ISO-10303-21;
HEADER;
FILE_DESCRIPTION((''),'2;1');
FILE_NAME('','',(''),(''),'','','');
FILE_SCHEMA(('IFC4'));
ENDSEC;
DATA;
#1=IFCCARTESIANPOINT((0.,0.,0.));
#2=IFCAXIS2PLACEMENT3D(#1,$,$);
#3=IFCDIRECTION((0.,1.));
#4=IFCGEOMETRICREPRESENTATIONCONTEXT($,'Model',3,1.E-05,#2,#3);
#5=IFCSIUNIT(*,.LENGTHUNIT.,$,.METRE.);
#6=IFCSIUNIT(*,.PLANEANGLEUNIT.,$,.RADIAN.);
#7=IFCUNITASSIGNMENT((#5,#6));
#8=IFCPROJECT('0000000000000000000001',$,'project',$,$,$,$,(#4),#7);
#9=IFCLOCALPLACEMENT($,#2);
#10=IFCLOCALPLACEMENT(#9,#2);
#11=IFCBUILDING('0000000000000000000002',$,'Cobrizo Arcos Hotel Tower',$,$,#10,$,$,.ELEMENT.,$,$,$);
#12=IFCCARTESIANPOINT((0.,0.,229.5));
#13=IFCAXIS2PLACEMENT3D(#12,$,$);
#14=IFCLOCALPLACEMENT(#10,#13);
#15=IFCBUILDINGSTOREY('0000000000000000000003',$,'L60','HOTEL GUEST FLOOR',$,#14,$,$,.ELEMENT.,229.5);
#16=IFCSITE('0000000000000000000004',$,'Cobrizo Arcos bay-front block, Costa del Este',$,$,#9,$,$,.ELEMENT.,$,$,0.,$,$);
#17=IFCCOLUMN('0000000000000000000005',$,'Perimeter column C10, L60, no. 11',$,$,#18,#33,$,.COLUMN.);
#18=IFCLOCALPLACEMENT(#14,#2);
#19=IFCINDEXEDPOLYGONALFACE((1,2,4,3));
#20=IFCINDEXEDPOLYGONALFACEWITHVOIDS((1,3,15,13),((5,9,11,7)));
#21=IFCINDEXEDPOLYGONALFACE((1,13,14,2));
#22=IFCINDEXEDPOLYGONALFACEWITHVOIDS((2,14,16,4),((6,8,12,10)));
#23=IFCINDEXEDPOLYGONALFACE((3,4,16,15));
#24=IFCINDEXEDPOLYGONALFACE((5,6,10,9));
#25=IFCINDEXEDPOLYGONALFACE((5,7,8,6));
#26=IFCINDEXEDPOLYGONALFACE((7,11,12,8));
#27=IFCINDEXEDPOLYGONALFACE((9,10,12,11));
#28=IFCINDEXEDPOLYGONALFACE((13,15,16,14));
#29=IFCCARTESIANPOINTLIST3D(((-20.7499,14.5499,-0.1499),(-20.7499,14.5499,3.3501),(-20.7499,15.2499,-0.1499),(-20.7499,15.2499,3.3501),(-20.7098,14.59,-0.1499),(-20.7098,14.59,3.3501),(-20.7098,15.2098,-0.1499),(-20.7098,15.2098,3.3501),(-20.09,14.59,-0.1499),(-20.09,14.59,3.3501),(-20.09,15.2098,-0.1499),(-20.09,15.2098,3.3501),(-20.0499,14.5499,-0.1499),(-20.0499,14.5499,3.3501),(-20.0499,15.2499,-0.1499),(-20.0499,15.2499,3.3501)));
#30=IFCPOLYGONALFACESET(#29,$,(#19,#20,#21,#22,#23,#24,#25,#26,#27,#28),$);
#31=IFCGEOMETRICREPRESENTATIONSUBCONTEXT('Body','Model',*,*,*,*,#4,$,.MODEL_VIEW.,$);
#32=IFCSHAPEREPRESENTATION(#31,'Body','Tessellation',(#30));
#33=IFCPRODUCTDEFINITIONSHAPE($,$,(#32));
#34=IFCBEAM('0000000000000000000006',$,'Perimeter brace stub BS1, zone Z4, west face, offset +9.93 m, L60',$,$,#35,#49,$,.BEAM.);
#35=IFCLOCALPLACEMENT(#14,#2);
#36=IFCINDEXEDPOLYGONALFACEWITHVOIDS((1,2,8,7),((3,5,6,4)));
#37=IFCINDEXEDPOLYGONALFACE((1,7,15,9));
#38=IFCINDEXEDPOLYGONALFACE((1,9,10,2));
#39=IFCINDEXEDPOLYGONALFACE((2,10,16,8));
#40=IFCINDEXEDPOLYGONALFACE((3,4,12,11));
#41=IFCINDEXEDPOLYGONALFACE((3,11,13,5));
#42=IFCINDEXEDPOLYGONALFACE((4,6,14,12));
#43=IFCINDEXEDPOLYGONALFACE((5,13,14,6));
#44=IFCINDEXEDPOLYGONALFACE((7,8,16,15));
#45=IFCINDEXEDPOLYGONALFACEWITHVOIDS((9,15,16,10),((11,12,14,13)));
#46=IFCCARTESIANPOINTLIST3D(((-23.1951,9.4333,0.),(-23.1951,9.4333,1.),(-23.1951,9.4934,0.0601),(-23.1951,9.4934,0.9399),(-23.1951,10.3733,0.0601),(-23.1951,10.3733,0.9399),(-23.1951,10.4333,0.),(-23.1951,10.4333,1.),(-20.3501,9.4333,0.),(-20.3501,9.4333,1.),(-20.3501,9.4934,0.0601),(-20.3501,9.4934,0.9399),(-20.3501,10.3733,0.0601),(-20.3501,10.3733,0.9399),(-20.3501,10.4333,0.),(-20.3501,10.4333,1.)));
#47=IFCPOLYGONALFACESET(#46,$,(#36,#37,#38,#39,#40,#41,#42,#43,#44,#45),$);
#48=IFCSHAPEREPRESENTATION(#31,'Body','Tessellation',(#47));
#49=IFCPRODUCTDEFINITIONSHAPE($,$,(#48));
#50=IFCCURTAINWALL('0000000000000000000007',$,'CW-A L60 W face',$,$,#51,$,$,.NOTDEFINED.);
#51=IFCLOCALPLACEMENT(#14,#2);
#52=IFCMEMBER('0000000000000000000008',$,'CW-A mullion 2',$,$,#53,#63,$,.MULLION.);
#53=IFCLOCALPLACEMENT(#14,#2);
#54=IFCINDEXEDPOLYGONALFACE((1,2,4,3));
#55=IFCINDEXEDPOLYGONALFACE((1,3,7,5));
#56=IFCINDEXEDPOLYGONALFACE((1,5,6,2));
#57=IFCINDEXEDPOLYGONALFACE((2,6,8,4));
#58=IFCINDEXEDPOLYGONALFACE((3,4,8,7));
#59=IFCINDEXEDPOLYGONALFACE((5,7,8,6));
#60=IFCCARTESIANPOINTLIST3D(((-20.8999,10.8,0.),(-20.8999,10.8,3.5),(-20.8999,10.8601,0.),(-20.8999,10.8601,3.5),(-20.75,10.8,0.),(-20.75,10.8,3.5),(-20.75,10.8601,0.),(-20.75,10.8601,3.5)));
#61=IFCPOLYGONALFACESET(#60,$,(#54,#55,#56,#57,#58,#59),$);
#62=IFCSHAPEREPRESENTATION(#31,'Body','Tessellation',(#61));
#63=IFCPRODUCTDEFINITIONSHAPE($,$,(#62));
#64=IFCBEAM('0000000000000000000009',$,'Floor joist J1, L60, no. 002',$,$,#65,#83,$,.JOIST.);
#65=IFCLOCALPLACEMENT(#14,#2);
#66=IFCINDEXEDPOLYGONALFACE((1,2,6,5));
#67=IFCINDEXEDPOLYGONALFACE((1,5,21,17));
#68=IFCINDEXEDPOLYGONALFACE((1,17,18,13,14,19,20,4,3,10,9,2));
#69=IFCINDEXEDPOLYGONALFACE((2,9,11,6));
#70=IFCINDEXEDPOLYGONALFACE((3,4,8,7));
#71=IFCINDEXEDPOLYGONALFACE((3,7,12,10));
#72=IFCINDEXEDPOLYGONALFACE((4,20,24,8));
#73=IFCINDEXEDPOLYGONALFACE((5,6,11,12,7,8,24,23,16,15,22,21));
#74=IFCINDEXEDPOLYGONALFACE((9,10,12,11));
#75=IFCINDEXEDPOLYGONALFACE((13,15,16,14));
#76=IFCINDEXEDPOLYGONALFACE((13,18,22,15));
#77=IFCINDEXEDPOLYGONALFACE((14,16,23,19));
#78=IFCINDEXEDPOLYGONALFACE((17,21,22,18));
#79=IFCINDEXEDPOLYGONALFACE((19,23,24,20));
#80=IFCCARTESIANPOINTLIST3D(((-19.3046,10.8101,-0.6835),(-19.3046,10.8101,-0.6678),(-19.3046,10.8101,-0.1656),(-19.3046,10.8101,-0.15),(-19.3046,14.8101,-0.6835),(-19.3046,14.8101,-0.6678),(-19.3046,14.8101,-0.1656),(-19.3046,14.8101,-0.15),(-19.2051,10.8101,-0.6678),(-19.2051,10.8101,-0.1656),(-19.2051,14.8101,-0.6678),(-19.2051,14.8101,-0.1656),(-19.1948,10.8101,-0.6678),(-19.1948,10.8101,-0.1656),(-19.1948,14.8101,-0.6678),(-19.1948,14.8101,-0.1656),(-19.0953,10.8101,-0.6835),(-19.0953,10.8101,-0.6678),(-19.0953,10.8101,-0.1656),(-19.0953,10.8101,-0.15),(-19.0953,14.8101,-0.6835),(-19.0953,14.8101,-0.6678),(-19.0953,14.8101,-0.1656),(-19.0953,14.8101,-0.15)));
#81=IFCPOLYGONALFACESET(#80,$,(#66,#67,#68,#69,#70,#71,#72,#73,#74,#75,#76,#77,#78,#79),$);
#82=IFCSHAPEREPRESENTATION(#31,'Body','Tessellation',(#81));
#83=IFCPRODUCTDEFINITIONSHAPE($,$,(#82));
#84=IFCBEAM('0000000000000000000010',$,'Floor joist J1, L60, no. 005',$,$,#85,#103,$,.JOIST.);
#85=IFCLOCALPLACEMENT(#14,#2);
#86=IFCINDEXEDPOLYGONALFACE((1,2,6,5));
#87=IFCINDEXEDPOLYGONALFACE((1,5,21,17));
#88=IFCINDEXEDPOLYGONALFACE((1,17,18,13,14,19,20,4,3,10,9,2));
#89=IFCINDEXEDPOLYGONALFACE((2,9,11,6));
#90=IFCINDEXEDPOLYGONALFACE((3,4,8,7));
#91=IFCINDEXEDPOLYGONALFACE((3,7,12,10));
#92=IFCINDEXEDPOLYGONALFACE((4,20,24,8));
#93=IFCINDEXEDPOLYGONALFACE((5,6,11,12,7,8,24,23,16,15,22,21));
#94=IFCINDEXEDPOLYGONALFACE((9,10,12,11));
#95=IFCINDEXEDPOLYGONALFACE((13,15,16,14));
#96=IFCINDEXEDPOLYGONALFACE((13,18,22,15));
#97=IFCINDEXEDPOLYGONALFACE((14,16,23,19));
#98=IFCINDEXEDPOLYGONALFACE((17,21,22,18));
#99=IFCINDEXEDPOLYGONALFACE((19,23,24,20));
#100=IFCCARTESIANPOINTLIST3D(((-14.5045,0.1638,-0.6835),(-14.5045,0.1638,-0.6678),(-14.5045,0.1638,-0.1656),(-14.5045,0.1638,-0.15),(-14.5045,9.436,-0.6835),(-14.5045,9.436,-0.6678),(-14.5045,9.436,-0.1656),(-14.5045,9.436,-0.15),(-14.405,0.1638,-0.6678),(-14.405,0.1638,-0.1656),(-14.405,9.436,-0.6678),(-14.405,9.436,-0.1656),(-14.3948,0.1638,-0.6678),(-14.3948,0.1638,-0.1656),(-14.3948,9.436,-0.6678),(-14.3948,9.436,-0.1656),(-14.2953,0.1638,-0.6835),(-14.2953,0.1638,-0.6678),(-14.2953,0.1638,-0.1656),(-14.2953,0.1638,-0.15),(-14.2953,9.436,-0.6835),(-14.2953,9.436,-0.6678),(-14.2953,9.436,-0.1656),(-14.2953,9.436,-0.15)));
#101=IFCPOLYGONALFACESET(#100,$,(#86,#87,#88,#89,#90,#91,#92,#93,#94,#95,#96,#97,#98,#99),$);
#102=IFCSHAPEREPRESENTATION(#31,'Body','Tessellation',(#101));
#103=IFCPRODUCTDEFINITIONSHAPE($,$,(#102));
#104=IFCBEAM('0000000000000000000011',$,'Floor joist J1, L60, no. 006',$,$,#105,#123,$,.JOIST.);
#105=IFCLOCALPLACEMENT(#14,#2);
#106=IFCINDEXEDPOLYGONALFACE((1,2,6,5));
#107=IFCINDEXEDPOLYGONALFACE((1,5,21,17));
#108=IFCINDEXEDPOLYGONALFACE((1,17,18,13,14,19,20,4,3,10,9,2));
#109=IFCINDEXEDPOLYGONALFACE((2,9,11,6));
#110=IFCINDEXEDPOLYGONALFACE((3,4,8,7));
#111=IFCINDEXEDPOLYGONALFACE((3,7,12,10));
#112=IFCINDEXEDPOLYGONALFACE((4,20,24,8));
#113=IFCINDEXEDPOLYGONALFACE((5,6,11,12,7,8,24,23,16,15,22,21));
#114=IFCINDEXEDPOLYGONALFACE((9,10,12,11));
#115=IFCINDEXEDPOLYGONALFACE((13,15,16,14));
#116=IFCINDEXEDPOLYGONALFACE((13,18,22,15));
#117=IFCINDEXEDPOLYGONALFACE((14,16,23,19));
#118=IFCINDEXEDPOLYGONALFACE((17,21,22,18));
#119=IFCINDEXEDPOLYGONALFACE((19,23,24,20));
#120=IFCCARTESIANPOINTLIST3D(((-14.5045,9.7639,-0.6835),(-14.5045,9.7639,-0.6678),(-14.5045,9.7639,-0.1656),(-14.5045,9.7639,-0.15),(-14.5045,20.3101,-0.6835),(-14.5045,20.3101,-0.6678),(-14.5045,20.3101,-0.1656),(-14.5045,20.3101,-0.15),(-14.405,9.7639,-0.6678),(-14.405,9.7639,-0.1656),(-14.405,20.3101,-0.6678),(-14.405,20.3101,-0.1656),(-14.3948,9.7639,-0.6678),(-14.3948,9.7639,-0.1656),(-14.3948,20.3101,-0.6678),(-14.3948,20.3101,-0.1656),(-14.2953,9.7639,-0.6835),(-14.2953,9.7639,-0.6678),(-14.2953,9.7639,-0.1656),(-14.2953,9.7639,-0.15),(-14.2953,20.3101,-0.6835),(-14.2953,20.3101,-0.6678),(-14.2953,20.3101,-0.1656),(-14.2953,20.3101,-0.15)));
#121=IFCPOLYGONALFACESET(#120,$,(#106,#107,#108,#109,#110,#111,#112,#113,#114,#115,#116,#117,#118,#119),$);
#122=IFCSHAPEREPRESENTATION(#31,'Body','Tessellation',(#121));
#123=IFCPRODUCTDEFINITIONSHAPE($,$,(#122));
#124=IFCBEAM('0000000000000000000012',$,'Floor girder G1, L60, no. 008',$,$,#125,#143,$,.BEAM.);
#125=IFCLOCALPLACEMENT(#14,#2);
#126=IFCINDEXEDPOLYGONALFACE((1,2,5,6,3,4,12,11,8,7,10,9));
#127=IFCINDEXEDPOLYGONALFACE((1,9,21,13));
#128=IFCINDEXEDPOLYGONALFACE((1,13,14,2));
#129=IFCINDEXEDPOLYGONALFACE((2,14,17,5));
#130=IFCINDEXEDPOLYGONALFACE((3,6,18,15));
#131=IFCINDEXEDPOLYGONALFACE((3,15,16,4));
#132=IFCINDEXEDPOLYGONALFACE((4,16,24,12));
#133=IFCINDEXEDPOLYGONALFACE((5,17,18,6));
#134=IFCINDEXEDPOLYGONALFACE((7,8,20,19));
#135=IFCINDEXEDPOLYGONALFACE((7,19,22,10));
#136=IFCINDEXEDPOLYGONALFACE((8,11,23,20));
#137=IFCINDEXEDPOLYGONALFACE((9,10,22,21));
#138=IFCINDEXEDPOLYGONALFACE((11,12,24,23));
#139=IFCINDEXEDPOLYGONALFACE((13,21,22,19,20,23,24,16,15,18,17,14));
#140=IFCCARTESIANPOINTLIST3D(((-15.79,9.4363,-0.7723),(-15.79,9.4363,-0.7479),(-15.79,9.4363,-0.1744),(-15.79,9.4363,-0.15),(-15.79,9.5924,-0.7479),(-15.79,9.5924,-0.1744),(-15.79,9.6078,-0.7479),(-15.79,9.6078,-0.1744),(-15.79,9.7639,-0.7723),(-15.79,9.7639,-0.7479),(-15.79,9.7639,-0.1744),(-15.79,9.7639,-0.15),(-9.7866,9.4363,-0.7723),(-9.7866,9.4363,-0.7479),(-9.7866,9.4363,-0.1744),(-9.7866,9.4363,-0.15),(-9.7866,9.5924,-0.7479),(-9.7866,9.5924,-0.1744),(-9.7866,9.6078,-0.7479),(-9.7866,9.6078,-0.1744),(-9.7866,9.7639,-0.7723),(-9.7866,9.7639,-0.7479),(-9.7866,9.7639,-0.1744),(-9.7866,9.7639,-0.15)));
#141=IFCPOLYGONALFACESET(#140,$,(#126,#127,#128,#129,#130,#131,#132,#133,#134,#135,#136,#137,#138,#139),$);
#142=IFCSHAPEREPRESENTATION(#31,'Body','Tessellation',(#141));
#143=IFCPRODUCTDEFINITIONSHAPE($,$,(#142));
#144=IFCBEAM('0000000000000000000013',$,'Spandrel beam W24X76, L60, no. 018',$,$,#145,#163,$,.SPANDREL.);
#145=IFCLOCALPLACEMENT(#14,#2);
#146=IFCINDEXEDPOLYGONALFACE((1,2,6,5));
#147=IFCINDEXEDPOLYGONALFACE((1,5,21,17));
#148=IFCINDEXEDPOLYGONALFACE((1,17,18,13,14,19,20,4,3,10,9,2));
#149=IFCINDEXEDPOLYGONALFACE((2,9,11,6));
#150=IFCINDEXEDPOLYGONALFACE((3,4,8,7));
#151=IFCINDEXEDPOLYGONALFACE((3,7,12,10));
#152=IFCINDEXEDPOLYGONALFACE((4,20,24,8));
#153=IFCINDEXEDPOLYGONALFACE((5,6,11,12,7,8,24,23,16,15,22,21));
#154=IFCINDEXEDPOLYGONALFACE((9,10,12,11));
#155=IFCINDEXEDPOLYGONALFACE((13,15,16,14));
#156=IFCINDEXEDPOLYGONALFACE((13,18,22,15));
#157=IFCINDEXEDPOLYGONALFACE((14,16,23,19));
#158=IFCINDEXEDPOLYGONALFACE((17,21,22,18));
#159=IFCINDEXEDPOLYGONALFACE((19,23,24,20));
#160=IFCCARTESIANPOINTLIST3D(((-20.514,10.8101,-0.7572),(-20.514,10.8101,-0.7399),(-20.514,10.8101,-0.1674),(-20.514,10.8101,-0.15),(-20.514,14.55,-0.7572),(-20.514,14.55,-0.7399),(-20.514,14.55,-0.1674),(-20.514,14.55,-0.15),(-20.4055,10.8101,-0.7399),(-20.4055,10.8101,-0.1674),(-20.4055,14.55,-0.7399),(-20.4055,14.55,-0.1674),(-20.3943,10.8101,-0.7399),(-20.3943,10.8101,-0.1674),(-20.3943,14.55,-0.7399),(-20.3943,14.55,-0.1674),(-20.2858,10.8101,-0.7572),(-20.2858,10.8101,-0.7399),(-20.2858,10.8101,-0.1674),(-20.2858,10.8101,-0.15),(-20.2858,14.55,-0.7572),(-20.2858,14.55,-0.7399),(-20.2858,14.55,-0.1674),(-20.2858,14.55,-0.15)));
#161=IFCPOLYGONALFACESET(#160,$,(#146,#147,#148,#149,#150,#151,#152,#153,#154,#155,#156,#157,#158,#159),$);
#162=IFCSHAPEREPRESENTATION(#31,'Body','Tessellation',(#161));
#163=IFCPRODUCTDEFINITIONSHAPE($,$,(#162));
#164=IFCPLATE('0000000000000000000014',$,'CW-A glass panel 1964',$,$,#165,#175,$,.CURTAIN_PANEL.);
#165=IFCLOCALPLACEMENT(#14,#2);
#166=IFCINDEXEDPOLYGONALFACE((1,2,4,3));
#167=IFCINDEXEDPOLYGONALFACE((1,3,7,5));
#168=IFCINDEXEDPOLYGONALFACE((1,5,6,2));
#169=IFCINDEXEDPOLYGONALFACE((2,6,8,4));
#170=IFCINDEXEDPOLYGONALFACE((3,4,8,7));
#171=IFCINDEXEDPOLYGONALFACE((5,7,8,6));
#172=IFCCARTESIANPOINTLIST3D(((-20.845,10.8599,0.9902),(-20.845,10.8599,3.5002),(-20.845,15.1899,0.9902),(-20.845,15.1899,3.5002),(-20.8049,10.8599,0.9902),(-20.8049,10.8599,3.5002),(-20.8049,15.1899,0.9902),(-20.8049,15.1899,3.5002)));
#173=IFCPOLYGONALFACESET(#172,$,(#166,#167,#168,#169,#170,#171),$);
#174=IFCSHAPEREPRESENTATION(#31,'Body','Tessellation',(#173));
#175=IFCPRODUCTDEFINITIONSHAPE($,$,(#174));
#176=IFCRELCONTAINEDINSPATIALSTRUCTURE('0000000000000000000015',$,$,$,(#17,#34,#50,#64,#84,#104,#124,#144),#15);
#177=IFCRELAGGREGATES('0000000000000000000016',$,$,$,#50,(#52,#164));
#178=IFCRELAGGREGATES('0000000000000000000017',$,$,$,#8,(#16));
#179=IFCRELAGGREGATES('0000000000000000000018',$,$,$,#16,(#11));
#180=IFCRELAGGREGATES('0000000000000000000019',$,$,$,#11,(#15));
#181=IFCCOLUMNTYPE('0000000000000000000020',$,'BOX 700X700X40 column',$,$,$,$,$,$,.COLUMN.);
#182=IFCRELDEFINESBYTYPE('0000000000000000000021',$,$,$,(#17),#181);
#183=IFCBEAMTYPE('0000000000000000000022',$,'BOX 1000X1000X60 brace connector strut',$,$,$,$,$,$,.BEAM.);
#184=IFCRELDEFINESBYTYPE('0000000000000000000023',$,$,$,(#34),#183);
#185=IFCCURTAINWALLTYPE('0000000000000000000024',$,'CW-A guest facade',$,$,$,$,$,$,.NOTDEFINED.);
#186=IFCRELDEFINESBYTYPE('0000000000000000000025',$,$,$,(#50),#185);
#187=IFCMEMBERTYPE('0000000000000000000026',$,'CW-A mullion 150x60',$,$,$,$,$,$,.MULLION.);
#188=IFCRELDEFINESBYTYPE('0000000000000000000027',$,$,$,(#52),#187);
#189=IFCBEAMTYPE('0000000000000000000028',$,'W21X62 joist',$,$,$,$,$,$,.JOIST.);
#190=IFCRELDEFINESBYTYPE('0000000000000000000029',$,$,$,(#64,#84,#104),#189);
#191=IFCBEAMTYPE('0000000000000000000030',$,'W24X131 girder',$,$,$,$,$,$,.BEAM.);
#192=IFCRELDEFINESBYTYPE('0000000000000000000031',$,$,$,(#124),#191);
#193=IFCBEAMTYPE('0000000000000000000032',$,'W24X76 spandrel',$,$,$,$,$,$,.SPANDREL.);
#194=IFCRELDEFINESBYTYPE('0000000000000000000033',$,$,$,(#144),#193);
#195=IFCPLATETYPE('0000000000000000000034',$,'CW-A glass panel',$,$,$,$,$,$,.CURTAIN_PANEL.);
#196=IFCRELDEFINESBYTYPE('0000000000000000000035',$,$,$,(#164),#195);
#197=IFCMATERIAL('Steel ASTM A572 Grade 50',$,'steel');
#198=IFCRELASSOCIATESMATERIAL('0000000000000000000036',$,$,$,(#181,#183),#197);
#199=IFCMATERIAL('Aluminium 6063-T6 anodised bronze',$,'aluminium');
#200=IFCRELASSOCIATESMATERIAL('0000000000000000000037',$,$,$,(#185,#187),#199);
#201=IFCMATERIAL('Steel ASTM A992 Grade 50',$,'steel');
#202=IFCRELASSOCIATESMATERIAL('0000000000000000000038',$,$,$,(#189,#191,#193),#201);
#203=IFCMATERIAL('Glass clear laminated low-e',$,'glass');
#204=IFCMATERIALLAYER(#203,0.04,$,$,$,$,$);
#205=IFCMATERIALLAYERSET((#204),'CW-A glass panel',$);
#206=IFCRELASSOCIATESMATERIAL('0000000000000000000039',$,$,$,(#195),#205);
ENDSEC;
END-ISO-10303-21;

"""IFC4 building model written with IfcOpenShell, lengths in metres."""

from ifc_helpers import new_model, si_unit, direction, frame, origin, origin_2d, place, context, subcontext, project, spatial, rectangle, hollow_rectangle, i_section, extrude, material, layer, layer_set, material_profile, profile_set, type_object, element, aggregate, save


model = new_model("IFC4")

# Units and contexts
model_context = context("Model", 3, precision=1e-05, world=origin(), true_north=direction((0.0, 1.0)))
body_context = subcontext(model_context, "Body", "Model", "MODEL_VIEW")
ifc_project = project(units=[si_unit("LENGTHUNIT", "METRE"), si_unit("PLANEANGLEUNIT", "RADIAN")], contexts=[model_context])

# Site, building, storey
site_placement = place(None, origin())
site = spatial("IfcSite", under=ifc_project, at=site_placement, Name="Cobrizo Arcos bay-front block, Costa del Este", CompositionType="ELEMENT", RefElevation=0.0)
building_placement = place(site_placement, origin())
building = spatial("IfcBuilding", under=site, at=building_placement, Name="Cobrizo Arcos Hotel Tower", CompositionType="ELEMENT")
storey_placement = place(building_placement, frame((0.0, 0.0, 229.5)))
storey = spatial("IfcBuildingStorey", under=building, at=storey_placement, Name="L60", Description="HOTEL GUEST FLOOR", CompositionType="ELEMENT", Elevation=229.5)

# Column
ifc_material_1 = material(Name="Steel ASTM A572 Grade 50", Category="steel")
ifc_material_profile_1 = material_profile(ifc_material_1, hollow_rectangle(XDim=0.7, YDim=0.7, WallThickness=0.04, at=origin_2d()), Name="BOX 700X700X40")
ifc_profile_set_1 = profile_set([ifc_material_profile_1], Name="Steel ASTM A572 Grade 50")
column_type = type_object("IfcColumnType", Name="BOX 700X700X40 column", PredefinedType="COLUMN", material=ifc_profile_set_1)
column_placement = place(storey_placement, frame((-20.3999, 14.8999, -0.1499), z_axis=(0.0, 0.0, 1.0), x_axis=(1.0, 0.0, 0.0)))
element("IfcColumn", 1, at=column_placement, inside=storey, type_object=column_type, Name="Perimeter column C10, L60, no. 11", PredefinedType="COLUMN", context=body_context, shape_type="SweptSolid", body=[
    extrude(hollow_rectangle(XDim=0.7, YDim=0.7, WallThickness=0.04, at=origin_2d()), origin(), (0.0, 0.0, 1.0), 3.5),
])

# Beam
ifc_material_profile_2 = material_profile(ifc_material_1, hollow_rectangle(XDim=1.0, YDim=1.0, WallThickness=0.0601, at=origin_2d()), Name="BOX 1000X1000X60")
ifc_profile_set_2 = profile_set([ifc_material_profile_2], Name="Steel ASTM A572 Grade 50")
beam_type_1 = type_object("IfcBeamType", Name="BOX 1000X1000X60 brace connector strut", PredefinedType="BEAM", material=ifc_profile_set_2)
beam_1_placement = place(storey_placement, frame((-20.3501, 9.9333, 0.5), z_axis=(-1.0, 0.0, 0.0), x_axis=(0.0, -1.0, 0.0)))
element("IfcBeam", 2, at=beam_1_placement, inside=storey, type_object=beam_type_1, Name="Perimeter brace stub BS1, zone Z4, west face, offset +9.93 m, L60", PredefinedType="BEAM", context=body_context, shape_type="SweptSolid", body=[
    extrude(hollow_rectangle(XDim=1.0, YDim=1.0, WallThickness=0.0601, at=origin_2d()), origin(), (0.0, 0.0, 1.0), 2.845),
])

# Curtain wall, member
ifc_material_2 = material(Name="Aluminium 6063-T6 anodised bronze", Category="aluminium")
curtain_wall_type = type_object("IfcCurtainWallType", Name="CW-A guest facade", PredefinedType="NOTDEFINED", material=ifc_material_2)
curtain_wall_placement = place(storey_placement, origin())
curtain_wall = element("IfcCurtainWall", 3, at=curtain_wall_placement, inside=storey, type_object=curtain_wall_type, Name="CW-A L60 W face", PredefinedType="NOTDEFINED")
ifc_material_profile_3 = material_profile(ifc_material_2, rectangle(XDim=0.1499, YDim=0.0601, at=origin_2d()), Name="CW-A mullion 150x60")
ifc_profile_set_3 = profile_set([ifc_material_profile_3], Name="Aluminium 6063-T6 anodised bronze")
member_type = type_object("IfcMemberType", Name="CW-A mullion 150x60", PredefinedType="MULLION", material=ifc_profile_set_3)
member_placement = place(storey_placement, frame((-20.825, 10.8301, 0.0), z_axis=(0.0, 0.0, 1.0), x_axis=(-1.0, 0.0, 0.0)))
member = element("IfcMember", 4, at=member_placement, type_object=member_type, Name="CW-A mullion 2", PredefinedType="MULLION", context=body_context, shape_type="SweptSolid", body=[
    extrude(rectangle(XDim=0.1499, YDim=0.0601, at=origin_2d()), origin(), (0.0, 0.0, 1.0), 3.5),
])

# Beams
ifc_material_3 = material(Name="Steel ASTM A992 Grade 50", Category="steel")
ifc_material_profile_4 = material_profile(ifc_material_3, i_section(OverallWidth=0.2092, OverallDepth=0.5334, WebThickness=0.0103, FlangeThickness=0.0156, at=origin_2d()), Name="W21X62")
ifc_profile_set_4 = profile_set([ifc_material_profile_4], Name="Steel ASTM A992 Grade 50")
beam_type_2 = type_object("IfcBeamType", Name="W21X62 joist", PredefinedType="JOIST", material=ifc_profile_set_4)
beam_2_placement = place(storey_placement, frame((-19.2, 10.8101, -0.4167), z_axis=(0.0, 1.0, 0.0), x_axis=(-1.0, 0.0, 0.0)))
element("IfcBeam", 5, at=beam_2_placement, inside=storey, type_object=beam_type_2, Name="Floor joist J1, L60, no. 002", PredefinedType="JOIST", context=body_context, shape_type="SweptSolid", body=[
    extrude(i_section(OverallWidth=0.2092, OverallDepth=0.5334, WebThickness=0.0103, FlangeThickness=0.0156, at=origin_2d()), origin(), (0.0, 0.0, 1.0), 4.0),
])
beam_3_placement = place(storey_placement, frame((-14.3999, 0.1638, -0.4167), z_axis=(0.0, 1.0, 0.0), x_axis=(-1.0, 0.0, 0.0)))
element("IfcBeam", 6, at=beam_3_placement, inside=storey, type_object=beam_type_2, Name="Floor joist J1, L60, no. 005", PredefinedType="JOIST", context=body_context, shape_type="SweptSolid", body=[
    extrude(i_section(OverallWidth=0.2092, OverallDepth=0.5334, WebThickness=0.0103, FlangeThickness=0.0156, at=origin_2d()), origin(), (0.0, 0.0, 1.0), 9.2722),
])
beam_4_placement = place(storey_placement, frame((-14.3999, 9.7639, -0.4167), z_axis=(0.0, 1.0, 0.0), x_axis=(-1.0, 0.0, 0.0)))
element("IfcBeam", 7, at=beam_4_placement, inside=storey, type_object=beam_type_2, Name="Floor joist J1, L60, no. 006", PredefinedType="JOIST", context=body_context, shape_type="SweptSolid", body=[
    extrude(i_section(OverallWidth=0.2092, OverallDepth=0.5334, WebThickness=0.0103, FlangeThickness=0.0156, at=origin_2d()), origin(), (0.0, 0.0, 1.0), 10.5461),
])
ifc_material_profile_5 = material_profile(ifc_material_3, i_section(OverallWidth=0.3276, OverallDepth=0.6223, WebThickness=0.0154, FlangeThickness=0.0244, at=origin_2d()), Name="W24X131")
ifc_profile_set_5 = profile_set([ifc_material_profile_5], Name="Steel ASTM A992 Grade 50")
beam_type_3 = type_object("IfcBeamType", Name="W24X131 girder", PredefinedType="BEAM", material=ifc_profile_set_5)
beam_5_placement = place(storey_placement, frame((-15.79, 9.6001, -0.4612), z_axis=(1.0, 0.0, 0.0), x_axis=(0.0, 1.0, 0.0)))
element("IfcBeam", 8, at=beam_5_placement, inside=storey, type_object=beam_type_3, Name="Floor girder G1, L60, no. 008", PredefinedType="BEAM", context=body_context, shape_type="SweptSolid", body=[
    extrude(i_section(OverallWidth=0.3276, OverallDepth=0.6223, WebThickness=0.0154, FlangeThickness=0.0244, at=origin_2d()), origin(), (0.0, 0.0, 1.0), 6.0034),
])
ifc_material_profile_6 = material_profile(ifc_material_3, i_section(OverallWidth=0.2283, OverallDepth=0.6072, WebThickness=0.0112, FlangeThickness=0.0173, at=origin_2d()), Name="W24X76")
ifc_profile_set_6 = profile_set([ifc_material_profile_6], Name="Steel ASTM A992 Grade 50")
beam_type_4 = type_object("IfcBeamType", Name="W24X76 spandrel", PredefinedType="SPANDREL", material=ifc_profile_set_6)
beam_6_placement = place(storey_placement, frame((-20.3999, 10.8101, -0.4536), z_axis=(0.0, 1.0, 0.0), x_axis=(-1.0, 0.0, 0.0)))
element("IfcBeam", 9, at=beam_6_placement, inside=storey, type_object=beam_type_4, Name="Spandrel beam W24X76, L60, no. 018", PredefinedType="SPANDREL", context=body_context, shape_type="SweptSolid", body=[
    extrude(i_section(OverallWidth=0.2283, OverallDepth=0.6072, WebThickness=0.0112, FlangeThickness=0.0173, at=origin_2d()), origin(), (0.0, 0.0, 1.0), 3.74),
])

# Plate
ifc_material_4 = material(Name="Glass clear laminated low-e", Category="glass")
ifc_layer_1 = layer(ifc_material_4, 0.04)
ifc_layer_set_1 = layer_set([ifc_layer_1], Name="CW-A glass panel")
plate_type_1 = type_object("IfcPlateType", Name="CW-A glass panel", PredefinedType="CURTAIN_PANEL", material=ifc_layer_set_1)
plate_1_placement = place(storey_placement, frame((-20.825, 13.0249, 0.9902), z_axis=(0.0, 0.0, 1.0), x_axis=(0.0, -1.0, 0.0)))
plate_1 = element("IfcPlate", 10, at=plate_1_placement, type_object=plate_type_1, Name="CW-A glass panel 1964", PredefinedType="CURTAIN_PANEL", context=body_context, shape_type="SweptSolid", body=[
    extrude(rectangle(XDim=4.3301, YDim=0.04, at=origin_2d()), origin(), (0.0, 0.0, 1.0), 2.51),
])
aggregate(curtain_wall, [member, plate_1])

save(model, "model.ifc")
